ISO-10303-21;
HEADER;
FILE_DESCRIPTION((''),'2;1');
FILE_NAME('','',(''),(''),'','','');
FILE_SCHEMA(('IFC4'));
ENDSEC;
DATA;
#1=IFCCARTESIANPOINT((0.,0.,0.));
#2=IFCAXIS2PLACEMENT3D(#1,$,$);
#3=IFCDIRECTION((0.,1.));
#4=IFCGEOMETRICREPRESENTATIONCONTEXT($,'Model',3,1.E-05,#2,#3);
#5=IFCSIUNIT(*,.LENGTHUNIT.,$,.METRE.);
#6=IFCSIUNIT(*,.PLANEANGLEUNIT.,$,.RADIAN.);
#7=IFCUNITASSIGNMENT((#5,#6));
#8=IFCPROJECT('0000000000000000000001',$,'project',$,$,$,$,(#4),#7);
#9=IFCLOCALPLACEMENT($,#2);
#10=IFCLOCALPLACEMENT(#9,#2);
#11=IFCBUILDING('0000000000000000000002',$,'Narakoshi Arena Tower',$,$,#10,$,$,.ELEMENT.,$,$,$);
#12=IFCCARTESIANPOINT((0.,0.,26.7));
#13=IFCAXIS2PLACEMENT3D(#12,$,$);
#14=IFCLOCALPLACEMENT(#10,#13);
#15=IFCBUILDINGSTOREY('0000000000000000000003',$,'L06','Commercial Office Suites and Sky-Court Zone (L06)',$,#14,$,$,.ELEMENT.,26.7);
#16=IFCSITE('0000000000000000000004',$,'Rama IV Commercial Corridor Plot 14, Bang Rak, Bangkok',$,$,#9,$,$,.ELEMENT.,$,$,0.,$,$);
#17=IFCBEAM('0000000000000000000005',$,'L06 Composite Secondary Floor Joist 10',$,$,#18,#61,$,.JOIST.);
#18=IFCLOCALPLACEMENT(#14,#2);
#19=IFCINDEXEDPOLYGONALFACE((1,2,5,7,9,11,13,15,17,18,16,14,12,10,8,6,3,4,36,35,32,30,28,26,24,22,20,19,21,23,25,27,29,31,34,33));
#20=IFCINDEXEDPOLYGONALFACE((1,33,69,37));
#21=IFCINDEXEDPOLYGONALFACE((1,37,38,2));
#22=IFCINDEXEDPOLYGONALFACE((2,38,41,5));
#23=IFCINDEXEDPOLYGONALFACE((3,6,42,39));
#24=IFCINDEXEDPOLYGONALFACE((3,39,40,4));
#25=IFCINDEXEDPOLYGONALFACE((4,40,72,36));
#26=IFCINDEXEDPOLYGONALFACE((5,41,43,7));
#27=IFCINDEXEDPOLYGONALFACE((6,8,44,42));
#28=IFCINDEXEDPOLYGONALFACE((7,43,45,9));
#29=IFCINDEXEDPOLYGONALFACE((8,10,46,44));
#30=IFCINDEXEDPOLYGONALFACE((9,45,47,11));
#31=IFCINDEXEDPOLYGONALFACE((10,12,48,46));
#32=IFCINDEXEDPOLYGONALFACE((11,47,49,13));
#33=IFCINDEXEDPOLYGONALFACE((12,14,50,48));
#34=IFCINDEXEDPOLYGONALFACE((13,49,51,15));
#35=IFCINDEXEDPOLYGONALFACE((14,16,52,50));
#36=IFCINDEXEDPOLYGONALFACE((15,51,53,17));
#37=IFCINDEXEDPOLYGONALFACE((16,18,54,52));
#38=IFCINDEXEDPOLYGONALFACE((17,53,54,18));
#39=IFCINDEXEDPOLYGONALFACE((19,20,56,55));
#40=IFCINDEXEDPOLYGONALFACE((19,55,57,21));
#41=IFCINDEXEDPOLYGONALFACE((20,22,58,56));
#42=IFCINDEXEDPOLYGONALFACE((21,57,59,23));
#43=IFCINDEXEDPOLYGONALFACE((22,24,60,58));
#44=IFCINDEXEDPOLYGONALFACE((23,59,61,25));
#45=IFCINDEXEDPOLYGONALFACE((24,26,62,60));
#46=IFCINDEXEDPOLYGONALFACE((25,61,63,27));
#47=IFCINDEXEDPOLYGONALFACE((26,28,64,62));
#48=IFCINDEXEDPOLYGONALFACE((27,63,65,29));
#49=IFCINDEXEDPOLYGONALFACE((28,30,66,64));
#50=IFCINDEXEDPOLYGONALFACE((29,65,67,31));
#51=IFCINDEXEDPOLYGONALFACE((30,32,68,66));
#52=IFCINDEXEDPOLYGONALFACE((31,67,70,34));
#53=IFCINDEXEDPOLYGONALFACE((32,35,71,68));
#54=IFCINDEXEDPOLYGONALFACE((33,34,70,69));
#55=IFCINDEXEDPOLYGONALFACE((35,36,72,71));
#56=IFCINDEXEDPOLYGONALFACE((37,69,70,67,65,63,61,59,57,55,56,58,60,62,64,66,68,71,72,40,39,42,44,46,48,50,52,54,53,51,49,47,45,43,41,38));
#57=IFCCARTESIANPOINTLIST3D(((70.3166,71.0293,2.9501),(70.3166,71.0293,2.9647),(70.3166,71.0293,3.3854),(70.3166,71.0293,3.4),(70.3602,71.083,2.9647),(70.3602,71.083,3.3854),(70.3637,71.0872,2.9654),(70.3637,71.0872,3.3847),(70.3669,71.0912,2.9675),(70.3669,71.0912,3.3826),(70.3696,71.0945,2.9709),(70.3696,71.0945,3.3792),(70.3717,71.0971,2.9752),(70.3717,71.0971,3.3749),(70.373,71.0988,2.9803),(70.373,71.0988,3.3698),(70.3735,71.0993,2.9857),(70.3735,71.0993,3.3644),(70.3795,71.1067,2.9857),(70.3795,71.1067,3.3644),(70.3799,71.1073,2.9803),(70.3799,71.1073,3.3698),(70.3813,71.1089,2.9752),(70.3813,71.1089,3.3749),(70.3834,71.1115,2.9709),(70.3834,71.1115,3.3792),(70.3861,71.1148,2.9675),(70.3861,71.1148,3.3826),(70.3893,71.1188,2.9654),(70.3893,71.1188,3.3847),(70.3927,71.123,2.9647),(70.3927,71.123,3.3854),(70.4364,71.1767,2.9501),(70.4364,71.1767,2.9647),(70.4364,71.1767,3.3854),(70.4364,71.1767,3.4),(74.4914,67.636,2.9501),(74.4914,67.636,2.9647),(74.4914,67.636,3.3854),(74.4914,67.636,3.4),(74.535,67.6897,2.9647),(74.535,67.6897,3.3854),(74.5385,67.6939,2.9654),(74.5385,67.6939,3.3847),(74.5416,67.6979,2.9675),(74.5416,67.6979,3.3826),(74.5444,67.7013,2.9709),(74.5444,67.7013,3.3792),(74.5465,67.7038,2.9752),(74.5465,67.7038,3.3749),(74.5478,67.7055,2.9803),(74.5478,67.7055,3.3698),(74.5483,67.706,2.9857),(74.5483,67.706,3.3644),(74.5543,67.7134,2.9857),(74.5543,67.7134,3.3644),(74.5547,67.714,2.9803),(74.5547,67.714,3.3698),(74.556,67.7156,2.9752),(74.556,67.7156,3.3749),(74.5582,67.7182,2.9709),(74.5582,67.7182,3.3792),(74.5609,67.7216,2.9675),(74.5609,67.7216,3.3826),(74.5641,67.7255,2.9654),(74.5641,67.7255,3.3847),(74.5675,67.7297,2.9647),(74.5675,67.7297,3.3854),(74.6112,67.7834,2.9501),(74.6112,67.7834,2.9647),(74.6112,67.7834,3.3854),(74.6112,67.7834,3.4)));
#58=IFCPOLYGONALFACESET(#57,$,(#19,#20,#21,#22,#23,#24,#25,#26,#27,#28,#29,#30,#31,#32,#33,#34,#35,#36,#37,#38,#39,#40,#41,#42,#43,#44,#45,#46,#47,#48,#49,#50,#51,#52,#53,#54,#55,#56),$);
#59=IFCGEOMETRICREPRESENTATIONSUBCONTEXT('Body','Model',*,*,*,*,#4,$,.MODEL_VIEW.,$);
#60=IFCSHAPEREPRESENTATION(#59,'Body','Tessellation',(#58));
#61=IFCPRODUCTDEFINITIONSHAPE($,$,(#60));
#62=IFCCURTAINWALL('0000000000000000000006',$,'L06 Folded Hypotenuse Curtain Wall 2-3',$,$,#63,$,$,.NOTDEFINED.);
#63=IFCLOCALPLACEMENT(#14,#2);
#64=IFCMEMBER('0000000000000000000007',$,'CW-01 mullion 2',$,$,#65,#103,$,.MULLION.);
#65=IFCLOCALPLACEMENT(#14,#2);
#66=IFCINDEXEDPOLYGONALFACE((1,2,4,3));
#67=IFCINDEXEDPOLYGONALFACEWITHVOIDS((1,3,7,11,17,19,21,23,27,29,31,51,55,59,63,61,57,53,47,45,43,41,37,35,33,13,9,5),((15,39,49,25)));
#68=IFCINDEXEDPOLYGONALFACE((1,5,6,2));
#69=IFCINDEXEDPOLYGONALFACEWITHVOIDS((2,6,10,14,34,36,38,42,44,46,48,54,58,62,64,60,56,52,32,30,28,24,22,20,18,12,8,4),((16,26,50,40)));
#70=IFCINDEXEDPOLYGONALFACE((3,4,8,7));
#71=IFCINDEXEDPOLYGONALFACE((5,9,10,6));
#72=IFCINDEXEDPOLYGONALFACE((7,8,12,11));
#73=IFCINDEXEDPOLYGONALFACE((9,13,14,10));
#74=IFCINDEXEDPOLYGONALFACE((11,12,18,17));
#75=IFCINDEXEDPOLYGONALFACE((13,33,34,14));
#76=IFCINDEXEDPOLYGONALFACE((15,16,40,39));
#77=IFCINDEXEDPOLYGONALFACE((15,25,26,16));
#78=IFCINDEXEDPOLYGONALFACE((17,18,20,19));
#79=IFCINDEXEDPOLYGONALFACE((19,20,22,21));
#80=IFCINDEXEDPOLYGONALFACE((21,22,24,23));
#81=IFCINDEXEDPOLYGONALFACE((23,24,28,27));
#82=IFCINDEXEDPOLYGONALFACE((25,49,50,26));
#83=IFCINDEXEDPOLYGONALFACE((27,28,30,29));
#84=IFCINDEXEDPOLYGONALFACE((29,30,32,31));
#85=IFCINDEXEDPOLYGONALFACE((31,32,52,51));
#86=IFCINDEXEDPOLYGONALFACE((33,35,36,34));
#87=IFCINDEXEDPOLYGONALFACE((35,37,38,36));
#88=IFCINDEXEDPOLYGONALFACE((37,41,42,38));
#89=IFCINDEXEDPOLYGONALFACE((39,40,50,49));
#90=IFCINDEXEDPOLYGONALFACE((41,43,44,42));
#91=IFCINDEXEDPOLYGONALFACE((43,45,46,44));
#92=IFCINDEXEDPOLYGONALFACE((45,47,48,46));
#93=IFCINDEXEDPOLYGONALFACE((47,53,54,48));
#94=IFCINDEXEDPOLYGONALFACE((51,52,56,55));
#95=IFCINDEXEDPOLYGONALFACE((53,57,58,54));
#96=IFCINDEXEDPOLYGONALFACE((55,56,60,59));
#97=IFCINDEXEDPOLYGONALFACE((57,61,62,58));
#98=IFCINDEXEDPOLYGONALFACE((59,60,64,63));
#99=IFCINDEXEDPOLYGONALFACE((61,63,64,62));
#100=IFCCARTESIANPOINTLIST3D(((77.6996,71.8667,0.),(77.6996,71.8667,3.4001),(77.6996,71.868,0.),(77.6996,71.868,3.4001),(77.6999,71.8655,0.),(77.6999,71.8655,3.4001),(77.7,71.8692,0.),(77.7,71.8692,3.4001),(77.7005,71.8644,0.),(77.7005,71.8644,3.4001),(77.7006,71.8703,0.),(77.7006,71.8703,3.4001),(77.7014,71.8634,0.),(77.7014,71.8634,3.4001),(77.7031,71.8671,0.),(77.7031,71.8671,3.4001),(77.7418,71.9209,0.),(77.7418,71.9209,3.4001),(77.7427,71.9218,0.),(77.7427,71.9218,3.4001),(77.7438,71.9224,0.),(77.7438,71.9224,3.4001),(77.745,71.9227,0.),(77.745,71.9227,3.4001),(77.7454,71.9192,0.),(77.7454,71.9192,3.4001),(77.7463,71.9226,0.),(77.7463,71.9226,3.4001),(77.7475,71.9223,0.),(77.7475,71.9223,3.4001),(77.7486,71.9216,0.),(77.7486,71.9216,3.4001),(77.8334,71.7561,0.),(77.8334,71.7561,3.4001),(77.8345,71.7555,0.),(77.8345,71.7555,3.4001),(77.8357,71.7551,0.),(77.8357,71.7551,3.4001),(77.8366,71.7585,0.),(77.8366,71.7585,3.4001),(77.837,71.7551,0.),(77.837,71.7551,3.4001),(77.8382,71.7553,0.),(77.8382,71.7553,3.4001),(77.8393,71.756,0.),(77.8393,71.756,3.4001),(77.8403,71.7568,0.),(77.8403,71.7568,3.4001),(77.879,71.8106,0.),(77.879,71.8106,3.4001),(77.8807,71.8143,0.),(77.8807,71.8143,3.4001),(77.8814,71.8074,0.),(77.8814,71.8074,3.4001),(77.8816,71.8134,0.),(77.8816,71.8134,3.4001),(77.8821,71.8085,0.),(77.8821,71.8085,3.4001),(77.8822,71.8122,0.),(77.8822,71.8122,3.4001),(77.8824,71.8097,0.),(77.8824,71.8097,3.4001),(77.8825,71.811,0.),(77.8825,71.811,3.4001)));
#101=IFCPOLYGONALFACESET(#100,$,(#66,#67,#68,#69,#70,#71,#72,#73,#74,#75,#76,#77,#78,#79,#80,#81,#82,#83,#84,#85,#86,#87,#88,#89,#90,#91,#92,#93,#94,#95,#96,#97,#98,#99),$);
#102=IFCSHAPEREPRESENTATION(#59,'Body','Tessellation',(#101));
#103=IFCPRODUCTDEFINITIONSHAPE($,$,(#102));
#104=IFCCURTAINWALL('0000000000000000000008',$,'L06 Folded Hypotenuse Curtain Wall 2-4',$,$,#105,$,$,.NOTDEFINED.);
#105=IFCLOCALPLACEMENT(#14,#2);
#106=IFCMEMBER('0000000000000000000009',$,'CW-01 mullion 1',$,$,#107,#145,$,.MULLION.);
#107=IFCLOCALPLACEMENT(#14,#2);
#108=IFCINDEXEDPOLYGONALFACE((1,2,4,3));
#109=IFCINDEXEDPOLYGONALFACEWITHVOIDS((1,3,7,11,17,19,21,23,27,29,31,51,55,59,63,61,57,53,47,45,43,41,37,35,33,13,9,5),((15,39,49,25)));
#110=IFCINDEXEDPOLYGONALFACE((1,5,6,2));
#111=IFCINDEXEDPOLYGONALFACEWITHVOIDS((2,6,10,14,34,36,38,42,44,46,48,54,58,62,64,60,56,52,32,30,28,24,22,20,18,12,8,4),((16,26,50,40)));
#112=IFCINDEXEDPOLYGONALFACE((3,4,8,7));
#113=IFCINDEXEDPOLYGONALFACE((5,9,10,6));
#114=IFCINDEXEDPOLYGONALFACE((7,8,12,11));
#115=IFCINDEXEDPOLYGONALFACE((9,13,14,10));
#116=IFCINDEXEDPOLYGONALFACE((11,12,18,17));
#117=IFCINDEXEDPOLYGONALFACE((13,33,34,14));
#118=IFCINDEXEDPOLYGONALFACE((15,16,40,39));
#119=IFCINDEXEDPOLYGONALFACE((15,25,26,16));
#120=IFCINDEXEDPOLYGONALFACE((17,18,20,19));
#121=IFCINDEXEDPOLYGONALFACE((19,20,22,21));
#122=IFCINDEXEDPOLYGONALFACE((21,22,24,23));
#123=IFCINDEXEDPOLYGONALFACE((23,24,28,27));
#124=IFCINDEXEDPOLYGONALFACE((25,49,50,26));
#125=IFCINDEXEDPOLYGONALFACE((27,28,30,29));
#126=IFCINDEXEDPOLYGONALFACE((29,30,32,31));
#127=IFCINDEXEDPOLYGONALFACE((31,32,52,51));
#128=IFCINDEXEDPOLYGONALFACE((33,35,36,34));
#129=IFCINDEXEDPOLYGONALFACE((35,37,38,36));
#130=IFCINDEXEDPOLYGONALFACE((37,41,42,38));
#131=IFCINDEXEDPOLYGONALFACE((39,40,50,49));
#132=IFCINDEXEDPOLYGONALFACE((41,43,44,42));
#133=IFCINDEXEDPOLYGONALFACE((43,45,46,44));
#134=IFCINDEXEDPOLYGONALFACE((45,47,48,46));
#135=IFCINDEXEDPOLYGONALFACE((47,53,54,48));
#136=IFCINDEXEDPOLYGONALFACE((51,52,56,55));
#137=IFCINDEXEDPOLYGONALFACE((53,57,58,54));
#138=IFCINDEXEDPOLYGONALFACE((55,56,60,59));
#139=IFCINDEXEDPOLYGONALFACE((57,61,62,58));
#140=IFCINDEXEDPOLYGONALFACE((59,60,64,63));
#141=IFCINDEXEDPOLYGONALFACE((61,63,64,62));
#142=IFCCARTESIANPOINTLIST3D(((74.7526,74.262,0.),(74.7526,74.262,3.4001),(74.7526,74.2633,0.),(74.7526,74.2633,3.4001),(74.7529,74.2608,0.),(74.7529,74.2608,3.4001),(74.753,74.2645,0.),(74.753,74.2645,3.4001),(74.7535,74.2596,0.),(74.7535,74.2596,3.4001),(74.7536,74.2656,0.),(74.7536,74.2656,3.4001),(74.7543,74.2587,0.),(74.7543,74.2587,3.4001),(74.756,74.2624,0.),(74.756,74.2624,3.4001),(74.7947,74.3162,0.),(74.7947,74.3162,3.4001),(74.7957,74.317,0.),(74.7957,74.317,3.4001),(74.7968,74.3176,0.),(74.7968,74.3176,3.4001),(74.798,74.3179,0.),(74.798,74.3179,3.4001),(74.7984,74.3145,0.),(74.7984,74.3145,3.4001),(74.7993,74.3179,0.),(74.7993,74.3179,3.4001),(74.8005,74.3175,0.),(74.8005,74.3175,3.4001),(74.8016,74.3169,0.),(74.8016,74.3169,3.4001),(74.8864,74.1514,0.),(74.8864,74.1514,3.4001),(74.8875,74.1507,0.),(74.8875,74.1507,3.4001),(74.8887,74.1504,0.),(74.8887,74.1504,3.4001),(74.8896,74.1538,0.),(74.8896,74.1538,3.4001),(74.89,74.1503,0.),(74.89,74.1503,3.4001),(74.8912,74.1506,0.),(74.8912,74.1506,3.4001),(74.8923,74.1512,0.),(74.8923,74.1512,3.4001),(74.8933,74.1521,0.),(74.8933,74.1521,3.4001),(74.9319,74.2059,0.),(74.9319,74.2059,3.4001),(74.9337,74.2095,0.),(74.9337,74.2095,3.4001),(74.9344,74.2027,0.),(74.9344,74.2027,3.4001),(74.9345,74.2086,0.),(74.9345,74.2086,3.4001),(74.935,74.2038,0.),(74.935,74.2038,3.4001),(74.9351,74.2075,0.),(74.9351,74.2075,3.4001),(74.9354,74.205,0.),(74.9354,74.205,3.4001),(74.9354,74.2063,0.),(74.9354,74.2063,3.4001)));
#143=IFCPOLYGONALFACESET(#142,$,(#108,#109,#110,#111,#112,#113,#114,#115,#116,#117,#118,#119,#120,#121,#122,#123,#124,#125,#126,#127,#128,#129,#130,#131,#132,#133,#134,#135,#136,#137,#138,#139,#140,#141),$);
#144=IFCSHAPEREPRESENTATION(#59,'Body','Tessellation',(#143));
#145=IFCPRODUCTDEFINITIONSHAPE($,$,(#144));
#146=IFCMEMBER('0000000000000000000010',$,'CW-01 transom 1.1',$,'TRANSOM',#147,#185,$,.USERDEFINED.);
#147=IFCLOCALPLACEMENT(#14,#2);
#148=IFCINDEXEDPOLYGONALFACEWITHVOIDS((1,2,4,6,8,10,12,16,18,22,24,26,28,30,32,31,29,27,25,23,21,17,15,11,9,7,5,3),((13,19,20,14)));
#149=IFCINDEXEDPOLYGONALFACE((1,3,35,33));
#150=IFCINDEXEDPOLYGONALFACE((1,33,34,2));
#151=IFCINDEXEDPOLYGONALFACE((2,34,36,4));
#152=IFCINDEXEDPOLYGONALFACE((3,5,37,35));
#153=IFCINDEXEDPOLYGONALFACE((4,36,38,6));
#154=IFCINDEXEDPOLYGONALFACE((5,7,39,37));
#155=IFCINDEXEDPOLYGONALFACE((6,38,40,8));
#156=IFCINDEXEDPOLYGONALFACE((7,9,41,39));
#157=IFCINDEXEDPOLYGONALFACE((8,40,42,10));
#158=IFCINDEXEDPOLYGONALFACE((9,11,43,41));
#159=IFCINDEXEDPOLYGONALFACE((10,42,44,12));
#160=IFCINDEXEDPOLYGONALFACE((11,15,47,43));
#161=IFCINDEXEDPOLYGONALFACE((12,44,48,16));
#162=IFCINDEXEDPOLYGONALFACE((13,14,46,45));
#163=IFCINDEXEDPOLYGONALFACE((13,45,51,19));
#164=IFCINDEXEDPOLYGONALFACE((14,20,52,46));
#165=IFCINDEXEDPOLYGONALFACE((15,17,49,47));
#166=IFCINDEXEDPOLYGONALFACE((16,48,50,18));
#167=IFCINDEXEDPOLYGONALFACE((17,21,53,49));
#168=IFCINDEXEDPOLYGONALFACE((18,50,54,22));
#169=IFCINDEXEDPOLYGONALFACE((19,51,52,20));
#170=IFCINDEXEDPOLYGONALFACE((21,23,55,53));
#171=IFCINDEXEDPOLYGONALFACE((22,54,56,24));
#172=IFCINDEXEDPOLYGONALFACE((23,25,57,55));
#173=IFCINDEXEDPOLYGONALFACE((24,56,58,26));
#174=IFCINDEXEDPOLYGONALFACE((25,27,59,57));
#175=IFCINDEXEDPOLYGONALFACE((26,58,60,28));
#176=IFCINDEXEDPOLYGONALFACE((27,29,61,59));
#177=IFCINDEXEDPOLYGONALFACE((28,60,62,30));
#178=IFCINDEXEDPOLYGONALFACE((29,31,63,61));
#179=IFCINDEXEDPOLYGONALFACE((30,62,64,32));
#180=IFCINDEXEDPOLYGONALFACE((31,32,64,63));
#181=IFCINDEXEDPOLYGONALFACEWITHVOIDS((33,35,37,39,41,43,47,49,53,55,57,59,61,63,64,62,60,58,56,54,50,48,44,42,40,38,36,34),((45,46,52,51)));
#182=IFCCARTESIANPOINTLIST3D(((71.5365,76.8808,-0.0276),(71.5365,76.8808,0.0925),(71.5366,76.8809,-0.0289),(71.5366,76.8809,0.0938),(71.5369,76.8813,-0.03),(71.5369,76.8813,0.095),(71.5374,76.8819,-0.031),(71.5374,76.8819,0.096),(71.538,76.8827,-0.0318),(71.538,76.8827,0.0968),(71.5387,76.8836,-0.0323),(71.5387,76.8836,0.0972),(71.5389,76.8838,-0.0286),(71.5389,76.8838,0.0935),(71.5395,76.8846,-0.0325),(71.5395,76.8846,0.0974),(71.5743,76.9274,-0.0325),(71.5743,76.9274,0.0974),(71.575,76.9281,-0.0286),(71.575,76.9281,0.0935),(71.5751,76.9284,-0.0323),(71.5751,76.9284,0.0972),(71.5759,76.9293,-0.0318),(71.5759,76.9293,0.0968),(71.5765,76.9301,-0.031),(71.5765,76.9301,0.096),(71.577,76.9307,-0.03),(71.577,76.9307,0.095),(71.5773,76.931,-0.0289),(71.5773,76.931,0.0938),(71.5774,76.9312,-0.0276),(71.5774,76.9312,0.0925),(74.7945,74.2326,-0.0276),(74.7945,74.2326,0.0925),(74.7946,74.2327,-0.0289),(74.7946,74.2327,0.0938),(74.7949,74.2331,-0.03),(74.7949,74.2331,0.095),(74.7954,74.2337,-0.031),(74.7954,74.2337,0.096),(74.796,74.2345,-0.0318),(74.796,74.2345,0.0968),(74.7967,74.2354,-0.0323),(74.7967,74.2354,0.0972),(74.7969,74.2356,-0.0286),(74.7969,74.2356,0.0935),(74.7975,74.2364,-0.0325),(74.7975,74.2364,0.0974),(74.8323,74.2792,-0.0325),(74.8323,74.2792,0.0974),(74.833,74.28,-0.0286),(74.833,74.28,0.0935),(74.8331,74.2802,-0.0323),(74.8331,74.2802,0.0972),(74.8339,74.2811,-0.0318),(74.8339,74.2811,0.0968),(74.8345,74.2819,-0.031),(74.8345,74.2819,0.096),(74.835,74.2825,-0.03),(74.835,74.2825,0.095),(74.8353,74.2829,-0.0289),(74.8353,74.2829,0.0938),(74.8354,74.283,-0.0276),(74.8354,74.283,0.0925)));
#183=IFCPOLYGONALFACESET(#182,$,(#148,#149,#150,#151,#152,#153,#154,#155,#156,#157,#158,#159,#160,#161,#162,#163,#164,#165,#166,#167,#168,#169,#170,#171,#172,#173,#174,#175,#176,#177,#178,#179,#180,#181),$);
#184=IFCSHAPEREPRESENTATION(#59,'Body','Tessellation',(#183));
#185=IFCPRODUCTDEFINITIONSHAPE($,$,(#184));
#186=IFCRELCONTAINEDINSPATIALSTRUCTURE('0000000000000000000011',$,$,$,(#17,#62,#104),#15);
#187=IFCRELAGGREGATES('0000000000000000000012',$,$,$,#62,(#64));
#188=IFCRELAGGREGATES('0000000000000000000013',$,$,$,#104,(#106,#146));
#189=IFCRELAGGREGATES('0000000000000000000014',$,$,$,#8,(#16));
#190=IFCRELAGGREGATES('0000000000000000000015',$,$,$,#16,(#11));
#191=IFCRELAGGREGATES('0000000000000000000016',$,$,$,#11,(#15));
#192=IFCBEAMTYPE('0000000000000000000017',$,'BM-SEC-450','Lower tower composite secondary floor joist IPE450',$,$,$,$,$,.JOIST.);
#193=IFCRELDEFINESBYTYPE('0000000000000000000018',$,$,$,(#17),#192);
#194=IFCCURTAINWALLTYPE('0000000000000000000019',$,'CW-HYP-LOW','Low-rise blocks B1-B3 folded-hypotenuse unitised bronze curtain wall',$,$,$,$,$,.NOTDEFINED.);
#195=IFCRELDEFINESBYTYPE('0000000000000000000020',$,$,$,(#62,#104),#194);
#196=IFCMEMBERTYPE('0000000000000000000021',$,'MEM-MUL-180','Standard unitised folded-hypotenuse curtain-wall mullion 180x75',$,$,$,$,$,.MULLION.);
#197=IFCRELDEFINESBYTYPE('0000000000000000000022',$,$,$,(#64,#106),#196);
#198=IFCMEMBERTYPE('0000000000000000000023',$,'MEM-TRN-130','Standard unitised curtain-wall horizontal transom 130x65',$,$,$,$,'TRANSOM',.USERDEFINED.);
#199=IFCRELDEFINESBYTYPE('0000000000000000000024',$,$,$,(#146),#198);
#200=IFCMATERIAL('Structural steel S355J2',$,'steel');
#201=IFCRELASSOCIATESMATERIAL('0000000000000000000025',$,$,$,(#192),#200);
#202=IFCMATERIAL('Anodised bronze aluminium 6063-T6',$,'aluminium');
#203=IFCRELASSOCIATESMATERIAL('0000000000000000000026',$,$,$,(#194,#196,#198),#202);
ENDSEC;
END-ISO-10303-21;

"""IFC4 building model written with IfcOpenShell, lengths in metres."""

from ifc_helpers import new_model, si_unit, direction, frame, origin, origin_2d, place, context, subcontext, project, spatial, hollow_rectangle, i_section, extrude, material, material_profile, profile_set, type_object, element, aggregate, save


model = new_model("IFC4")

# Units and contexts
model_context = context("Model", 3, precision=1e-05, world=origin(), true_north=direction((0.0, 1.0)))
body_context = subcontext(model_context, "Body", "Model", "MODEL_VIEW")
ifc_project = project(units=[si_unit("LENGTHUNIT", "METRE"), si_unit("PLANEANGLEUNIT", "RADIAN")], contexts=[model_context])

# Site, building, storey
site_placement = place(None, origin())
site = spatial("IfcSite", under=ifc_project, at=site_placement, Name="Rama IV Commercial Corridor Plot 14, Bang Rak, Bangkok", CompositionType="ELEMENT", RefElevation=0.0)
building_placement = place(site_placement, origin())
building = spatial("IfcBuilding", under=site, at=building_placement, Name="Narakoshi Arena Tower", CompositionType="ELEMENT")
storey_placement = place(building_placement, frame((0.0, 0.0, 26.7)))
storey = spatial("IfcBuildingStorey", under=building, at=storey_placement, Name="L06", Description="Commercial Office Suites and Sky-Court Zone (L06)", CompositionType="ELEMENT", Elevation=26.7)

# Beam
ifc_material_1 = material(Name="Structural steel S355J2", Category="steel")
ifc_material_profile_1 = material_profile(ifc_material_1, i_section(OverallWidth=0.1899, OverallDepth=0.45, WebThickness=0.0095, FlangeThickness=0.0146, FilletRadius=0.021, at=origin_2d()), Name="IPE450")
ifc_profile_set_1 = profile_set([ifc_material_profile_1], Name="Structural steel S355J2")
beam_type_1 = type_object("IfcBeamType", Name="BM-SEC-450", Description="Lower tower composite secondary floor joist IPE450", PredefinedType="JOIST", material=ifc_profile_set_1)
beam_1_placement = place(storey_placement, frame((74.5513, 67.7097, 3.175), z_axis=(-0.775997, 0.630736, 0.0), x_axis=(-0.630736, -0.775997, 0.0)))
element("IfcBeam", 1, at=beam_1_placement, inside=storey, type_object=beam_type_1, Name="L06 Composite Secondary Floor Joist 10", PredefinedType="JOIST", context=body_context, shape_type="SweptSolid", body=[
    extrude(i_section(OverallWidth=0.1899, OverallDepth=0.45, WebThickness=0.0095, FlangeThickness=0.0146, FilletRadius=0.021, at=origin_2d()), origin(), (0.0, 0.0, 1.0), 5.3799),
])

# Curtain wall, member
ifc_material_2 = material(Name="Anodised bronze aluminium 6063-T6", Category="aluminium")
curtain_wall_type = type_object("IfcCurtainWallType", Name="CW-HYP-LOW", Description="Low-rise blocks B1-B3 folded-hypotenuse unitised bronze curtain wall", PredefinedType="NOTDEFINED", material=ifc_material_2)
curtain_wall_1_placement = place(storey_placement, origin())
curtain_wall_1 = element("IfcCurtainWall", 2, at=curtain_wall_1_placement, inside=storey, type_object=curtain_wall_type, Name="L06 Folded Hypotenuse Curtain Wall 2-3", PredefinedType="NOTDEFINED")
ifc_material_profile_2 = material_profile(ifc_material_2, hollow_rectangle(XDim=0.075, YDim=0.1799, WallThickness=0.0039, OuterFilletRadius=0.0049, at=origin_2d()), Name="MUL180x75x4")
ifc_profile_set_2 = profile_set([ifc_material_profile_2], Name="Anodised bronze aluminium 6063-T6")
member_type_1 = type_object("IfcMemberType", Name="MEM-MUL-180", Description="Standard unitised folded-hypotenuse curtain-wall mullion 180x75", PredefinedType="MULLION", material=ifc_profile_set_2)
member_1_placement = place(storey_placement, frame((77.791, 71.8389, 0.0), z_axis=(0.0, 0.0, 1.0), x_axis=(-0.630723, -0.776008, 0.0)))
member_1 = element("IfcMember", 3, at=member_1_placement, type_object=member_type_1, Name="CW-01 mullion 2", PredefinedType="MULLION", context=body_context, shape_type="SweptSolid", body=[
    extrude(hollow_rectangle(XDim=0.075, YDim=0.1799, WallThickness=0.0039, OuterFilletRadius=0.0049, at=origin_2d()), origin(), (0.0, 0.0, 1.0), 3.4001),
])

# Curtain wall, members
curtain_wall_2_placement = place(storey_placement, origin())
curtain_wall_2 = element("IfcCurtainWall", 4, at=curtain_wall_2_placement, inside=storey, type_object=curtain_wall_type, Name="L06 Folded Hypotenuse Curtain Wall 2-4", PredefinedType="NOTDEFINED")
member_2_placement = place(storey_placement, frame((74.844, 74.2341, 0.0), z_axis=(0.0, 0.0, 1.0), x_axis=(-0.630734, -0.775999, 0.0)))
member_2 = element("IfcMember", 5, at=member_2_placement, type_object=member_type_1, Name="CW-01 mullion 1", PredefinedType="MULLION", context=body_context, shape_type="SweptSolid", body=[
    extrude(hollow_rectangle(XDim=0.075, YDim=0.1799, WallThickness=0.0039, OuterFilletRadius=0.0049, at=origin_2d()), origin(), (0.0, 0.0, 1.0), 3.4001),
])
ifc_material_profile_3 = material_profile(ifc_material_2, hollow_rectangle(XDim=0.0649, YDim=0.1299, WallThickness=0.0039, OuterFilletRadius=0.0049, at=origin_2d()), Name="TRN130x65x4")
ifc_profile_set_3 = profile_set([ifc_material_profile_3], Name="Anodised bronze aluminium 6063-T6")
member_type_2 = type_object("IfcMemberType", Name="MEM-TRN-130", Description="Standard unitised curtain-wall horizontal transom 130x65", ElementType="TRANSOM", PredefinedType="USERDEFINED", material=ifc_profile_set_3)
member_3_placement = place(storey_placement, frame((74.8149, 74.2578, 0.0325), z_axis=(-0.775995, 0.630739, 0.0), x_axis=(-0.630739, -0.775995, 0.0)))
member_3 = element("IfcMember", 6, at=member_3_placement, type_object=member_type_2, Name="CW-01 transom 1.1", ObjectType="TRANSOM", PredefinedType="USERDEFINED", context=body_context, shape_type="SweptSolid", body=[
    extrude(hollow_rectangle(XDim=0.0649, YDim=0.1299, WallThickness=0.0039, OuterFilletRadius=0.0049, at=origin_2d()), origin(), (0.0, 0.0, 1.0), 4.1985),
])

aggregate(curtain_wall_1, [member_1])
aggregate(curtain_wall_2, [member_2, member_3])

save(model, "model.ifc")
